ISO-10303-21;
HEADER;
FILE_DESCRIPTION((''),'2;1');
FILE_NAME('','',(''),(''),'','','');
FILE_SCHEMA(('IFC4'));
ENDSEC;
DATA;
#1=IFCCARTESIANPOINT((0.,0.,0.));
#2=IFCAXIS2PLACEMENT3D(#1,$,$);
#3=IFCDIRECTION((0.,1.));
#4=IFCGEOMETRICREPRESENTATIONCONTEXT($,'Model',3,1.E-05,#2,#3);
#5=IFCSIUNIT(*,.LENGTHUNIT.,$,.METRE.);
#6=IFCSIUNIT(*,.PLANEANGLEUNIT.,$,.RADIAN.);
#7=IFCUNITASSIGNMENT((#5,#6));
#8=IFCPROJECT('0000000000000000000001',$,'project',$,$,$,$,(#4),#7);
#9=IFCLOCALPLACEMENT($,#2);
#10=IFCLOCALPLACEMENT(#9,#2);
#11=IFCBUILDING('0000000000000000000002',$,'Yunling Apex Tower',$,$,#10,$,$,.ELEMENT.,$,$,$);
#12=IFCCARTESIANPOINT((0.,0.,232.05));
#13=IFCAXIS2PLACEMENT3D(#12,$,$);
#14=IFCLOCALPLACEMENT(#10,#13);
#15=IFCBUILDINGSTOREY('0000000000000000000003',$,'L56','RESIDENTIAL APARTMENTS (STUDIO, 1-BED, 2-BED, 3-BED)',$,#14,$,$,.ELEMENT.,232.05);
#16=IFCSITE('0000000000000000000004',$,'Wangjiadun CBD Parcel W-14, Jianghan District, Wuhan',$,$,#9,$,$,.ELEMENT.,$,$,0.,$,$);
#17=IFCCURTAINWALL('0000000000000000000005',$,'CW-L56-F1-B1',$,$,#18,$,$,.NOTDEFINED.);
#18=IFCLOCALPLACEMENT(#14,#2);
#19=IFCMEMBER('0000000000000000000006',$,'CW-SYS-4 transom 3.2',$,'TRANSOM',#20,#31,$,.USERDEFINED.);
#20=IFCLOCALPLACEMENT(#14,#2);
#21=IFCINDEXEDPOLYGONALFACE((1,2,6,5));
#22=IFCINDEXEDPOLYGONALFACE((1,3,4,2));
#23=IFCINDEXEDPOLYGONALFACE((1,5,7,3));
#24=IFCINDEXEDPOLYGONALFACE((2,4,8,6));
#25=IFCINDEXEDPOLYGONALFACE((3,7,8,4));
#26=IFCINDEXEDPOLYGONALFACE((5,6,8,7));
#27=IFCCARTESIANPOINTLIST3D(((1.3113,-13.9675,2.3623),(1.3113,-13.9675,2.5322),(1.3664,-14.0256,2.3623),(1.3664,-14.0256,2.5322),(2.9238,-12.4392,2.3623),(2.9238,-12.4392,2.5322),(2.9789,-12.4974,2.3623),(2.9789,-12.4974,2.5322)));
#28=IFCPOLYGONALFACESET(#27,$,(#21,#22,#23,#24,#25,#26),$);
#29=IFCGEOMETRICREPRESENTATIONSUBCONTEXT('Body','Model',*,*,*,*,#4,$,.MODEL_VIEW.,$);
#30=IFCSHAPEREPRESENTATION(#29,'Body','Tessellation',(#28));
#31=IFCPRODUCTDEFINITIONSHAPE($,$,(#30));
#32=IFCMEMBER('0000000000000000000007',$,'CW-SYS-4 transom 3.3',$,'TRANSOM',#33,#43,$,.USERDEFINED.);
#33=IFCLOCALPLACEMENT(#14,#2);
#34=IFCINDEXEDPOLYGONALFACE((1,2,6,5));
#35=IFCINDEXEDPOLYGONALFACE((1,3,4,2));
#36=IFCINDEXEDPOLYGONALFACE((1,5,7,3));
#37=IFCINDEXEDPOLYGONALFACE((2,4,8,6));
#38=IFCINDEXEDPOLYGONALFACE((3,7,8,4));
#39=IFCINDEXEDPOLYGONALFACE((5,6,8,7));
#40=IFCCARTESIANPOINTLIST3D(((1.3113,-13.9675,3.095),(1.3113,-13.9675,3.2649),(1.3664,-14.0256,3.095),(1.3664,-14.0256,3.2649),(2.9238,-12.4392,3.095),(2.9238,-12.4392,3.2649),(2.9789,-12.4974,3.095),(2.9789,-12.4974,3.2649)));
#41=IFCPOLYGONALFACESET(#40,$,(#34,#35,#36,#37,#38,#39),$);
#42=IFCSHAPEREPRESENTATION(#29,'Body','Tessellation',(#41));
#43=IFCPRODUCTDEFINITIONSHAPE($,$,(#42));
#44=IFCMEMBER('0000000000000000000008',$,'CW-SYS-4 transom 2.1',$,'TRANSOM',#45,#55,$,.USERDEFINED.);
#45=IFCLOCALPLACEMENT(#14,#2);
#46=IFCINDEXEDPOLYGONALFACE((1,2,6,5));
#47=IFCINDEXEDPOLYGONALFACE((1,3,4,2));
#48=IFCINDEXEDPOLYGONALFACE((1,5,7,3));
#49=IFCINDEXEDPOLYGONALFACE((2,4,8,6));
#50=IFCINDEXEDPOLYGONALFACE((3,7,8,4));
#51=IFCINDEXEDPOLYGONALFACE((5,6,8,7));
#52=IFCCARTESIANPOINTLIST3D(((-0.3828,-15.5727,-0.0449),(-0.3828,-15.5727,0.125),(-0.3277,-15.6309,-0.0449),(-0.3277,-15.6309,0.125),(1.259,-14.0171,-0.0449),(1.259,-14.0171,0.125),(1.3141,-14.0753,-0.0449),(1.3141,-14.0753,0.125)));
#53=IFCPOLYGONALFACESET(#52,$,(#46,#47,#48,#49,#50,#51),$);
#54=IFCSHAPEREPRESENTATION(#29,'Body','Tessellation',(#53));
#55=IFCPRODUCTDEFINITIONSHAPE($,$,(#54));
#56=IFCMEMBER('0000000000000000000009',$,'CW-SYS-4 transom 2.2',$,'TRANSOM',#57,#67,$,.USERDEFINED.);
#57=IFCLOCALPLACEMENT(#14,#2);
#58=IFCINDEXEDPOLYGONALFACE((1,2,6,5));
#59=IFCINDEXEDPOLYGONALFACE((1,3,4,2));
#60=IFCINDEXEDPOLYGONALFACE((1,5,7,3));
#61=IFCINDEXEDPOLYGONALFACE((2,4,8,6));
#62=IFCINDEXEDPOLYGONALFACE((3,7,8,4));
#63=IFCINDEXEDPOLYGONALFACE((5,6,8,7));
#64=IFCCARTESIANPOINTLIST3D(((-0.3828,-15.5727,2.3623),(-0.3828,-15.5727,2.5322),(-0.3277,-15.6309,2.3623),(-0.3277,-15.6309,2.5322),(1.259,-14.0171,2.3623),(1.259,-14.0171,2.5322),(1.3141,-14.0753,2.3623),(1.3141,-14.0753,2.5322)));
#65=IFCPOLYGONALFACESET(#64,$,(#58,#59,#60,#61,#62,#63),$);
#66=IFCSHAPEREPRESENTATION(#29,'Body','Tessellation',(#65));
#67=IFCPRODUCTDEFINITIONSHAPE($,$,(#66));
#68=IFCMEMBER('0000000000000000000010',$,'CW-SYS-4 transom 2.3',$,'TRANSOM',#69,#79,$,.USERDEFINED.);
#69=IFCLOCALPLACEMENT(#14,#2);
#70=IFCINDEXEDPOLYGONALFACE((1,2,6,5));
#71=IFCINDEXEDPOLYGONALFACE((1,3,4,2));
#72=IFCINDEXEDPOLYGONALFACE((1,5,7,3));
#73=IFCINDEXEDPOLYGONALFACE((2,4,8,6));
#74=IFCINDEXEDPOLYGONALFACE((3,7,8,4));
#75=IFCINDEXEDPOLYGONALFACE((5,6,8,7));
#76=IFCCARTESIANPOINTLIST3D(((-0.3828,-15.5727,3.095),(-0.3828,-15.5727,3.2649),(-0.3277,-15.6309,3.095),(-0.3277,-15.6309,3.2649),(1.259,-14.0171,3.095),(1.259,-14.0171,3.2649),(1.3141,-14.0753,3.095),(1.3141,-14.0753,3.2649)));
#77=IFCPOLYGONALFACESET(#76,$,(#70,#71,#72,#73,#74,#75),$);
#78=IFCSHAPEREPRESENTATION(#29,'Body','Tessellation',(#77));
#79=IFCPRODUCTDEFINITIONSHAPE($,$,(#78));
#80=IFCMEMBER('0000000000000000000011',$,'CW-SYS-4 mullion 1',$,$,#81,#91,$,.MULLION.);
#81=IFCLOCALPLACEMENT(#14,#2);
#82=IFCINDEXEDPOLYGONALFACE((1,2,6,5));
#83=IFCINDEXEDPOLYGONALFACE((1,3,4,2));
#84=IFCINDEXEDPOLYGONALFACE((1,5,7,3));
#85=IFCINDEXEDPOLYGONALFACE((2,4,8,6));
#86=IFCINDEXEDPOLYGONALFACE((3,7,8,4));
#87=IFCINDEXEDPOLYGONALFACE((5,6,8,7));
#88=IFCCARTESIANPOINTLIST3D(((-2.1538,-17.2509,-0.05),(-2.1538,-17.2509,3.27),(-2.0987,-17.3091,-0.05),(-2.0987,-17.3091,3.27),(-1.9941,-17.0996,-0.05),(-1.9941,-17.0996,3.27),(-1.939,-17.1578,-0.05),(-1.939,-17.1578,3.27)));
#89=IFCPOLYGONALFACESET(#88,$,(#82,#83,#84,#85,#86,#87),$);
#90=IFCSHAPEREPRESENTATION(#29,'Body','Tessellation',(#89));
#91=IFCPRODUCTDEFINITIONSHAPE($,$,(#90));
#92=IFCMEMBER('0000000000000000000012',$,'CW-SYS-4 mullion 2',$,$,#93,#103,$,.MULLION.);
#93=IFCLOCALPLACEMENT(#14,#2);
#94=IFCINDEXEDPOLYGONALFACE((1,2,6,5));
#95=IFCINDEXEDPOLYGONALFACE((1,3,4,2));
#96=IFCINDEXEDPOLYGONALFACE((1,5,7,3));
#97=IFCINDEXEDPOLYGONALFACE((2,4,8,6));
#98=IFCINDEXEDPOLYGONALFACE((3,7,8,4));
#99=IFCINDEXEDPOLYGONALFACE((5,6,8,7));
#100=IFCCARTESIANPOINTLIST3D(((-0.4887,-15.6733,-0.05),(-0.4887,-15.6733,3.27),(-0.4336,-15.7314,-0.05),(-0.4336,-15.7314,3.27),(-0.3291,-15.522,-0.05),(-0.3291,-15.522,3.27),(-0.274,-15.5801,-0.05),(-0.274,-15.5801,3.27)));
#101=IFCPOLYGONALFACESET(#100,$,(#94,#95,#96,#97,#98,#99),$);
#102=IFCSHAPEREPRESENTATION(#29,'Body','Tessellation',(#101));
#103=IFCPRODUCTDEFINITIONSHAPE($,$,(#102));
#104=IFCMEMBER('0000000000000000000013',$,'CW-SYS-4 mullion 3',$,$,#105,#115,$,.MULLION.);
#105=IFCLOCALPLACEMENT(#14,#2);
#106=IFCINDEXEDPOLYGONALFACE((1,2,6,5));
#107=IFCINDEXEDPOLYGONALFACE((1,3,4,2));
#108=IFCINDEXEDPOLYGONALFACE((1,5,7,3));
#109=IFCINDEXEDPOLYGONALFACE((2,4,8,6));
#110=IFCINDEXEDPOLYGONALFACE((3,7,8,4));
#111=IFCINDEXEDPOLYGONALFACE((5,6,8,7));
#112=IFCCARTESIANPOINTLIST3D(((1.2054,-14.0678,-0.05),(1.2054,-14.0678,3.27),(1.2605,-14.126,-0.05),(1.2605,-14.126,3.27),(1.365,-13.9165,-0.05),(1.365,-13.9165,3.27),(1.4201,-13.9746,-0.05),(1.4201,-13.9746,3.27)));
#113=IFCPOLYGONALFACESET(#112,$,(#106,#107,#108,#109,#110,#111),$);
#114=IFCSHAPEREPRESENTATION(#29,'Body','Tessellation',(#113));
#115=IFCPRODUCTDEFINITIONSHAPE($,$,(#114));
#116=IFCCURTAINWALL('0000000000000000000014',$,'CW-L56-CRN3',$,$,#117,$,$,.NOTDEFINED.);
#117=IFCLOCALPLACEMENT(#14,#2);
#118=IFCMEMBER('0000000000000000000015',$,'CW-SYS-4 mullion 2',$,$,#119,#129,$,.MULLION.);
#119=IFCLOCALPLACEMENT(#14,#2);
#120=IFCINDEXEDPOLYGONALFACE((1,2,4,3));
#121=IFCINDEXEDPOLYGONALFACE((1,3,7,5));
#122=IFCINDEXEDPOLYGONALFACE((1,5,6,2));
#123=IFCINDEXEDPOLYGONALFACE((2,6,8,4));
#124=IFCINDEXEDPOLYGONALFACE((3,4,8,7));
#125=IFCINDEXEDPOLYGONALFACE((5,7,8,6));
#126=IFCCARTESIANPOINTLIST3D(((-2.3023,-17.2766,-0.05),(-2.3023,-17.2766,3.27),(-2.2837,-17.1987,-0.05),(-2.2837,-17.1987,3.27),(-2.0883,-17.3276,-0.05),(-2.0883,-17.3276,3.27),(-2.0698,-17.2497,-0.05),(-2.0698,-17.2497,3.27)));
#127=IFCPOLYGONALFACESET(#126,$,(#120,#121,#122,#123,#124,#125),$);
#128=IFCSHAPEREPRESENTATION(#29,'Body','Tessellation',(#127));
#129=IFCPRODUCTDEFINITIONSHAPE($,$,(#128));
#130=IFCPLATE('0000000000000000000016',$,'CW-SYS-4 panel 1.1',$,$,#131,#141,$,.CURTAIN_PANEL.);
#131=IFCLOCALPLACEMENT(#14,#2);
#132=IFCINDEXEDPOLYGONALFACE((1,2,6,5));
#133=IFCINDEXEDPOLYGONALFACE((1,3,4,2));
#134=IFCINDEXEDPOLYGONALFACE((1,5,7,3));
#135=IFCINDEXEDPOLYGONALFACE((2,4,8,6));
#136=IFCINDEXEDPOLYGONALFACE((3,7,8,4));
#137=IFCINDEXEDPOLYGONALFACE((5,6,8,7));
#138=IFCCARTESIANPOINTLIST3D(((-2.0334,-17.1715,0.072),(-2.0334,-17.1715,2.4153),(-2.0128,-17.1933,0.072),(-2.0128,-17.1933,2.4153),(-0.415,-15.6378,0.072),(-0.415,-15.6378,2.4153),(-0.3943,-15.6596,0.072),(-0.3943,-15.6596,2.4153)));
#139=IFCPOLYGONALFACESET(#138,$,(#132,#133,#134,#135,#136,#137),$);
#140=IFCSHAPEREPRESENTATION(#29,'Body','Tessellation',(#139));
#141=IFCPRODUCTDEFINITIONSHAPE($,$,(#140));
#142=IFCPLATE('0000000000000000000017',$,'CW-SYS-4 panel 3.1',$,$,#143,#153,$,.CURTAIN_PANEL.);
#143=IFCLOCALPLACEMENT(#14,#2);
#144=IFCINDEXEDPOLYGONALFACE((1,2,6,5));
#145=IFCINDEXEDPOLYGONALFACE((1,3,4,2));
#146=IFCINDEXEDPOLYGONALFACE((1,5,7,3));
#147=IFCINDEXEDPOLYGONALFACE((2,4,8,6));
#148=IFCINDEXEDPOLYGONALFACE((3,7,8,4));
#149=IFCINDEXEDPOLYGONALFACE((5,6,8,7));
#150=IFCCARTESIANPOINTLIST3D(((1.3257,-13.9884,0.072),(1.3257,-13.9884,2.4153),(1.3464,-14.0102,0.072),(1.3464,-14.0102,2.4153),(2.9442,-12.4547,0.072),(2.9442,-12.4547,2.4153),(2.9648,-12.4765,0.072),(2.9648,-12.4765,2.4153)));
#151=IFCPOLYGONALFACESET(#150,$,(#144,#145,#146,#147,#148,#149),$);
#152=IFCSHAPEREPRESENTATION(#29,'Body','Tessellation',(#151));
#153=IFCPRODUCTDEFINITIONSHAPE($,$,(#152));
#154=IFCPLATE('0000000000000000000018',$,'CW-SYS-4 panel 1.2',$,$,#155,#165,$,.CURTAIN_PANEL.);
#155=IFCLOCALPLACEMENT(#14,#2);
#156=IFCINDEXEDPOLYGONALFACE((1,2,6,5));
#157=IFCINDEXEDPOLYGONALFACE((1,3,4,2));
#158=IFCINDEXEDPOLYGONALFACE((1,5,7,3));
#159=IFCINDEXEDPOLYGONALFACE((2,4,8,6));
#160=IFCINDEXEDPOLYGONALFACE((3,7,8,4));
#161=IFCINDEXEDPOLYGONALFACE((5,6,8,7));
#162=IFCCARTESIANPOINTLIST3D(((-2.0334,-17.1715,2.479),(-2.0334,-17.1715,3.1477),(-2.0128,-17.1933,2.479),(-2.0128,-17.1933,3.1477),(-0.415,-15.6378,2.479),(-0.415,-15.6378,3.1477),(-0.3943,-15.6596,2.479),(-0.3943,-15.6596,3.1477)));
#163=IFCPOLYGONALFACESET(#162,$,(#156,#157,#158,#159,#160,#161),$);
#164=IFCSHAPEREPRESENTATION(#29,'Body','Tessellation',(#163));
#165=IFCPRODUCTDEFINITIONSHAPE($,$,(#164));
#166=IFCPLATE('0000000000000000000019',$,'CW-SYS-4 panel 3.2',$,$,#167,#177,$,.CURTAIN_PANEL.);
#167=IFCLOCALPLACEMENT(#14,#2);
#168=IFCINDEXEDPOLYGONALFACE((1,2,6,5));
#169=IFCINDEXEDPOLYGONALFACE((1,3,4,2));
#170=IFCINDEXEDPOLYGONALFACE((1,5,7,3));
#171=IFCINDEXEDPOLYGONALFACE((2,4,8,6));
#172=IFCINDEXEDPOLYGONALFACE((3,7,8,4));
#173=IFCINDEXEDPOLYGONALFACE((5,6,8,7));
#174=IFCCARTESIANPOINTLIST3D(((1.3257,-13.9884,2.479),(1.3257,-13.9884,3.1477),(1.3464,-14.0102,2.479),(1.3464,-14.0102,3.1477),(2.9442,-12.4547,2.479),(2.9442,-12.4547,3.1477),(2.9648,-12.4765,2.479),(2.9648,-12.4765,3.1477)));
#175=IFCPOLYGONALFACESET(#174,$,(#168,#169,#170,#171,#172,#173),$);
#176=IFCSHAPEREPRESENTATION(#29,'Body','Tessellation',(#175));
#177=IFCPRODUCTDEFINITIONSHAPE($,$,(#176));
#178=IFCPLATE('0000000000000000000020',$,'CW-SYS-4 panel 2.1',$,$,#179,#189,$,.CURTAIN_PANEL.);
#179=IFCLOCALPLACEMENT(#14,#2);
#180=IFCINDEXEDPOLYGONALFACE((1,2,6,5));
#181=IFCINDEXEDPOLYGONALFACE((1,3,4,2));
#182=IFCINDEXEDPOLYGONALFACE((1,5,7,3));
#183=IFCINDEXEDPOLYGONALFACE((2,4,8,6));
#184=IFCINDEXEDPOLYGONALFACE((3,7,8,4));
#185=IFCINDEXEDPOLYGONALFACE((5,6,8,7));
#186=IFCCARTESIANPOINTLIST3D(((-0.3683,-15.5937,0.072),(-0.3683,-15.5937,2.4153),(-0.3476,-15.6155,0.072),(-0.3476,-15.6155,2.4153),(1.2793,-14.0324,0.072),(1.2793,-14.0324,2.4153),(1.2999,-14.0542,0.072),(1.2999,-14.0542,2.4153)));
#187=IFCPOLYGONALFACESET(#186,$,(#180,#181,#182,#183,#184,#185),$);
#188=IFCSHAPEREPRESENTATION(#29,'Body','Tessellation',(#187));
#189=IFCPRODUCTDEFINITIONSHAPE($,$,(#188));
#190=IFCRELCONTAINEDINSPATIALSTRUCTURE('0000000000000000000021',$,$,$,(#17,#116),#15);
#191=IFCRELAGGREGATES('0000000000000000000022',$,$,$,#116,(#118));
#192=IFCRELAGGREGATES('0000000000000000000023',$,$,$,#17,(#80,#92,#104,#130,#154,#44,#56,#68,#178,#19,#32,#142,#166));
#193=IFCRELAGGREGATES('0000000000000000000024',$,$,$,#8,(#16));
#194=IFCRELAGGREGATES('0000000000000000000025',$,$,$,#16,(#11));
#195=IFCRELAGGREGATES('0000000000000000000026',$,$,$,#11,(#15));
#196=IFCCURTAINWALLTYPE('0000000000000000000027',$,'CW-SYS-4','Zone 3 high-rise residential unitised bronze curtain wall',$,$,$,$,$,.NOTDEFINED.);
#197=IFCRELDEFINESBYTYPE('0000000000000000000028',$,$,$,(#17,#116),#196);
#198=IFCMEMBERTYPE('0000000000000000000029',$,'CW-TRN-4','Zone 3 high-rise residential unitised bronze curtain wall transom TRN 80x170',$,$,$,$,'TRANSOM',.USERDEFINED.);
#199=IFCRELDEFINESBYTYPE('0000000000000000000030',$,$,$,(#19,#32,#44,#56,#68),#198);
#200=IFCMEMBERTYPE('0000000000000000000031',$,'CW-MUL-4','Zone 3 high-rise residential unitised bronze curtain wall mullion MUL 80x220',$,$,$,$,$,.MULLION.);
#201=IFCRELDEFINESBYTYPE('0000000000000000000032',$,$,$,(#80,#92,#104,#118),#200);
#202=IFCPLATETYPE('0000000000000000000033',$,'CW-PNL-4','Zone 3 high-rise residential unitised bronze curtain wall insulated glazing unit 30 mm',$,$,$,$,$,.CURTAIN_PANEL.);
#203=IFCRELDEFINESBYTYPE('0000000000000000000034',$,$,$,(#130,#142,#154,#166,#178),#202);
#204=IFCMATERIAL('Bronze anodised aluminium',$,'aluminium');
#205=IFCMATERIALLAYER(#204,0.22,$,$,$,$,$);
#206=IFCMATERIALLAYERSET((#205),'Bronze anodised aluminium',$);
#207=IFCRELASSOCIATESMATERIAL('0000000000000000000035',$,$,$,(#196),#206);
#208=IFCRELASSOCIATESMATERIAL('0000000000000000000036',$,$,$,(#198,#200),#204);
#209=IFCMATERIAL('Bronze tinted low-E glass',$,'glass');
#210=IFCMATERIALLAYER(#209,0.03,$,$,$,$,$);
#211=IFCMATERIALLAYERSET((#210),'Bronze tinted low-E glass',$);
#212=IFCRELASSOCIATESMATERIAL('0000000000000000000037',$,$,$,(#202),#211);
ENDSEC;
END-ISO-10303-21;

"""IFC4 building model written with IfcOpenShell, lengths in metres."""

from ifc_helpers import new_model, si_unit, direction, frame, origin, origin_2d, place, context, subcontext, project, spatial, rectangle, extrude, source, transform, mapped, material, layer, layer_set, material_profile, profile_set, type_object, element, aggregate, save


model = new_model("IFC4")

# Units and contexts
model_context = context("Model", 3, precision=1e-05, world=origin(), true_north=direction((0.0, 1.0)))
body_context = subcontext(model_context, "Body", "Model", "MODEL_VIEW")
ifc_project = project(units=[si_unit("LENGTHUNIT", "METRE"), si_unit("PLANEANGLEUNIT", "RADIAN")], contexts=[model_context])

# Site, building, storey
site_placement = place(None, origin())
site = spatial("IfcSite", under=ifc_project, at=site_placement, Name="Wangjiadun CBD Parcel W-14, Jianghan District, Wuhan", CompositionType="ELEMENT", RefElevation=0.0)
building_placement = place(site_placement, origin())
building = spatial("IfcBuilding", under=site, at=building_placement, Name="Yunling Apex Tower", CompositionType="ELEMENT")
storey_placement = place(building_placement, frame((0.0, 0.0, 232.05)))
storey = spatial("IfcBuildingStorey", under=building, at=storey_placement, Name="L56", Description="RESIDENTIAL APARTMENTS (STUDIO, 1-BED, 2-BED, 3-BED)", CompositionType="ELEMENT", Elevation=232.05)

# Curtain wall, members
ifc_material_1 = material(Name="Bronze anodised aluminium", Category="aluminium")
ifc_layer_1 = layer(ifc_material_1, 0.22)
ifc_layer_set_1 = layer_set([ifc_layer_1], Name="Bronze anodised aluminium")
curtain_wall_type = type_object("IfcCurtainWallType", Name="CW-SYS-4", Description="Zone 3 high-rise residential unitised bronze curtain wall", PredefinedType="NOTDEFINED", material=ifc_layer_set_1)
curtain_wall_1_placement = place(storey_placement, origin())
curtain_wall_1 = element("IfcCurtainWall", 1, at=curtain_wall_1_placement, inside=storey, type_object=curtain_wall_type, Name="CW-L56-F1-B1", PredefinedType="NOTDEFINED")
ifc_material_profile_1 = material_profile(ifc_material_1, rectangle(XDim=0.0801, YDim=0.1699, at=origin_2d()))
ifc_profile_set_1 = profile_set([ifc_material_profile_1], Name="Bronze anodised aluminium")
member_type_1 = type_object("IfcMemberType", Name="CW-TRN-4", Description="Zone 3 high-rise residential unitised bronze curtain wall transom TRN 80x170", ElementType="TRANSOM", PredefinedType="USERDEFINED", material=ifc_profile_set_1)
shared_shape_1 = source(origin(), body_context, "Body", "SweptSolid", [
    extrude(rectangle(XDim=0.0801, YDim=0.1699, at=origin_2d()), origin(), (0.0, 0.0, 1.0), 2.2217),
])
member_1_placement = place(storey_placement, frame((1.3389, -13.9966, 2.4473), z_axis=(0.725808, 0.687897, 0.0), x_axis=(-0.687897, 0.725808, 0.0)))
member_1 = element("IfcMember", 2, at=member_1_placement, type_object=member_type_1, Name="CW-SYS-4 transom 3.2", ObjectType="TRANSOM", PredefinedType="USERDEFINED", context=body_context, shape_type="MappedRepresentation", body=[
    mapped(shared_shape_1, transform((0.0, 0.0, 0.0), scale=1.0)),
])
member_2_placement = place(storey_placement, frame((1.3389, -13.9966, 3.1799), z_axis=(0.725808, 0.687897, 0.0), x_axis=(-0.687897, 0.725808, 0.0)))
member_2 = element("IfcMember", 3, at=member_2_placement, type_object=member_type_1, Name="CW-SYS-4 transom 3.3", ObjectType="TRANSOM", PredefinedType="USERDEFINED", context=body_context, shape_type="MappedRepresentation", body=[
    mapped(shared_shape_1, transform((0.0, 0.0, 0.0), scale=1.0)),
])
shared_shape_2 = source(origin(), body_context, "Body", "SweptSolid", [
    extrude(rectangle(XDim=0.0801, YDim=0.1699, at=origin_2d()), origin(), (0.0, 0.0, 1.0), 2.2617),
])
member_3_placement = place(storey_placement, frame((-0.3552, -15.6018, 0.04), z_axis=(0.725902, 0.687799, 0.0), x_axis=(-0.687799, 0.725902, 0.0)))
member_3 = element("IfcMember", 4, at=member_3_placement, type_object=member_type_1, Name="CW-SYS-4 transom 2.1", ObjectType="TRANSOM", PredefinedType="USERDEFINED", context=body_context, shape_type="MappedRepresentation", body=[
    mapped(shared_shape_2, transform((0.0, 0.0, 0.0), scale=1.0)),
])
member_4_placement = place(storey_placement, frame((-0.3552, -15.6018, 2.4473), z_axis=(0.725902, 0.687799, 0.0), x_axis=(-0.687799, 0.725902, 0.0)))
member_4 = element("IfcMember", 5, at=member_4_placement, type_object=member_type_1, Name="CW-SYS-4 transom 2.2", ObjectType="TRANSOM", PredefinedType="USERDEFINED", context=body_context, shape_type="MappedRepresentation", body=[
    mapped(shared_shape_2, transform((0.0, 0.0, 0.0), scale=1.0)),
])
member_5_placement = place(storey_placement, frame((-0.3552, -15.6018, 3.1799), z_axis=(0.725902, 0.687799, 0.0), x_axis=(-0.687799, 0.725902, 0.0)))
member_5 = element("IfcMember", 6, at=member_5_placement, type_object=member_type_1, Name="CW-SYS-4 transom 2.3", ObjectType="TRANSOM", PredefinedType="USERDEFINED", context=body_context, shape_type="MappedRepresentation", body=[
    mapped(shared_shape_2, transform((0.0, 0.0, 0.0), scale=1.0)),
])
ifc_material_profile_2 = material_profile(ifc_material_1, rectangle(XDim=0.0801, YDim=0.22, at=origin_2d()))
ifc_profile_set_2 = profile_set([ifc_material_profile_2], Name="Bronze anodised aluminium")
member_type_2 = type_object("IfcMemberType", Name="CW-MUL-4", Description="Zone 3 high-rise residential unitised bronze curtain wall mullion MUL 80x220", PredefinedType="MULLION", material=ifc_profile_set_2)
shared_shape_3 = source(origin(), body_context, "Body", "SweptSolid", [
    extrude(rectangle(XDim=0.0801, YDim=0.22, at=origin_2d()), origin(), (0.0, 0.0, 1.0), 3.3201),
])
member_6_placement = place(storey_placement, frame((-2.0464, -17.2043, -0.05), z_axis=(0.0, 0.0, 1.0), x_axis=(-0.687848, 0.725855, 0.0)))
member_6 = element("IfcMember", 7, at=member_6_placement, type_object=member_type_2, Name="CW-SYS-4 mullion 1", PredefinedType="MULLION", context=body_context, shape_type="MappedRepresentation", body=[
    mapped(shared_shape_3, transform((0.0, 0.0, 0.0), scale=1.0)),
])
member_7_placement = place(storey_placement, frame((-0.3813, -15.6267, -0.05), z_axis=(0.0, 0.0, 1.0), x_axis=(-0.687848, 0.725855, 0.0)))
member_7 = element("IfcMember", 8, at=member_7_placement, type_object=member_type_2, Name="CW-SYS-4 mullion 2", PredefinedType="MULLION", context=body_context, shape_type="MappedRepresentation", body=[
    mapped(shared_shape_3, transform((0.0, 0.0, 0.0), scale=1.0)),
])
member_8_placement = place(storey_placement, frame((1.3127, -14.0212, -0.05), z_axis=(0.0, 0.0, 1.0), x_axis=(-0.687848, 0.725855, 0.0)))
member_8 = element("IfcMember", 9, at=member_8_placement, type_object=member_type_2, Name="CW-SYS-4 mullion 3", PredefinedType="MULLION", context=body_context, shape_type="MappedRepresentation", body=[
    mapped(shared_shape_3, transform((0.0, 0.0, 0.0), scale=1.0)),
])

# Curtain wall, member
curtain_wall_2_placement = place(storey_placement, origin())
curtain_wall_2 = element("IfcCurtainWall", 10, at=curtain_wall_2_placement, inside=storey, type_object=curtain_wall_type, Name="CW-L56-CRN3", PredefinedType="NOTDEFINED")
member_9_placement = place(storey_placement, frame((-2.186, -17.2632, -0.05), z_axis=(0.0, 0.0, 1.0), x_axis=(0.231809, 0.972761, 0.0)))
member_9 = element("IfcMember", 11, at=member_9_placement, type_object=member_type_2, Name="CW-SYS-4 mullion 2", PredefinedType="MULLION", context=body_context, shape_type="MappedRepresentation", body=[
    mapped(shared_shape_3, transform((0.0, 0.0, 0.0), scale=1.0)),
])
aggregate(curtain_wall_2, [member_9])

# Plates
ifc_material_2 = material(Name="Bronze tinted low-E glass", Category="glass")
ifc_layer_2 = layer(ifc_material_2, 0.03)
ifc_layer_set_2 = layer_set([ifc_layer_2], Name="Bronze tinted low-E glass")
plate_type = type_object("IfcPlateType", Name="CW-PNL-4", Description="Zone 3 high-rise residential unitised bronze curtain wall insulated glazing unit 30 mm", PredefinedType="CURTAIN_PANEL", material=ifc_layer_set_2)
shared_shape_4 = source(origin(), body_context, "Body", "SweptSolid", [
    extrude(rectangle(XDim=2.2297, YDim=0.03, at=origin_2d()), origin(), (0.0, 0.0, 1.0), 2.3433),
])
plate_1_placement = place(storey_placement, frame((-1.2139, -16.4155, 0.072), z_axis=(0.0, 0.0, 1.0), x_axis=(0.725855, 0.687848, 0.0)))
plate_1 = element("IfcPlate", 12, at=plate_1_placement, type_object=plate_type, Name="CW-SYS-4 panel 1.1", PredefinedType="CURTAIN_PANEL", context=body_context, shape_type="MappedRepresentation", body=[
    mapped(shared_shape_4, transform((0.0, 0.0, 0.0), scale=1.0)),
])
plate_2_placement = place(storey_placement, frame((2.1453, -13.2324, 0.072), z_axis=(0.0, 0.0, 1.0), x_axis=(0.725855, 0.687848, 0.0)))
plate_2 = element("IfcPlate", 13, at=plate_2_placement, type_object=plate_type, Name="CW-SYS-4 panel 3.1", PredefinedType="CURTAIN_PANEL", context=body_context, shape_type="MappedRepresentation", body=[
    mapped(shared_shape_4, transform((0.0, 0.0, 0.0), scale=1.0)),
])
shared_shape_5 = source(origin(), body_context, "Body", "SweptSolid", [
    extrude(rectangle(XDim=2.2297, YDim=0.03, at=origin_2d()), origin(), (0.0, 0.0, 1.0), 0.6687),
])
plate_3_placement = place(storey_placement, frame((-1.2139, -16.4155, 2.479), z_axis=(0.0, 0.0, 1.0), x_axis=(0.725855, 0.687848, 0.0)))
plate_3 = element("IfcPlate", 14, at=plate_3_placement, type_object=plate_type, Name="CW-SYS-4 panel 1.2", PredefinedType="CURTAIN_PANEL", context=body_context, shape_type="MappedRepresentation", body=[
    mapped(shared_shape_5, transform((0.0, 0.0, 0.0), scale=1.0)),
])
plate_4_placement = place(storey_placement, frame((2.1453, -13.2324, 2.479), z_axis=(0.0, 0.0, 1.0), x_axis=(0.725855, 0.687848, 0.0)))
plate_4 = element("IfcPlate", 15, at=plate_4_placement, type_object=plate_type, Name="CW-SYS-4 panel 3.2", PredefinedType="CURTAIN_PANEL", context=body_context, shape_type="MappedRepresentation", body=[
    mapped(shared_shape_5, transform((0.0, 0.0, 0.0), scale=1.0)),
])
shared_shape_6 = source(origin(), body_context, "Body", "SweptSolid", [
    extrude(rectangle(XDim=2.2698, YDim=0.03, at=origin_2d()), origin(), (0.0, 0.0, 1.0), 2.3433),
])
plate_5_placement = place(storey_placement, frame((0.4658, -14.824, 0.072), z_axis=(0.0, 0.0, 1.0), x_axis=(0.725855, 0.687848, 0.0)))
plate_5 = element("IfcPlate", 16, at=plate_5_placement, type_object=plate_type, Name="CW-SYS-4 panel 2.1", PredefinedType="CURTAIN_PANEL", context=body_context, shape_type="MappedRepresentation", body=[
    mapped(shared_shape_6, transform((0.0, 0.0, 0.0), scale=1.0)),
])
aggregate(curtain_wall_1, [member_6, member_7, member_8, plate_1, plate_3, member_3, member_4, member_5, plate_5, member_1, member_2, plate_2, plate_4])

save(model, "model.ifc")
